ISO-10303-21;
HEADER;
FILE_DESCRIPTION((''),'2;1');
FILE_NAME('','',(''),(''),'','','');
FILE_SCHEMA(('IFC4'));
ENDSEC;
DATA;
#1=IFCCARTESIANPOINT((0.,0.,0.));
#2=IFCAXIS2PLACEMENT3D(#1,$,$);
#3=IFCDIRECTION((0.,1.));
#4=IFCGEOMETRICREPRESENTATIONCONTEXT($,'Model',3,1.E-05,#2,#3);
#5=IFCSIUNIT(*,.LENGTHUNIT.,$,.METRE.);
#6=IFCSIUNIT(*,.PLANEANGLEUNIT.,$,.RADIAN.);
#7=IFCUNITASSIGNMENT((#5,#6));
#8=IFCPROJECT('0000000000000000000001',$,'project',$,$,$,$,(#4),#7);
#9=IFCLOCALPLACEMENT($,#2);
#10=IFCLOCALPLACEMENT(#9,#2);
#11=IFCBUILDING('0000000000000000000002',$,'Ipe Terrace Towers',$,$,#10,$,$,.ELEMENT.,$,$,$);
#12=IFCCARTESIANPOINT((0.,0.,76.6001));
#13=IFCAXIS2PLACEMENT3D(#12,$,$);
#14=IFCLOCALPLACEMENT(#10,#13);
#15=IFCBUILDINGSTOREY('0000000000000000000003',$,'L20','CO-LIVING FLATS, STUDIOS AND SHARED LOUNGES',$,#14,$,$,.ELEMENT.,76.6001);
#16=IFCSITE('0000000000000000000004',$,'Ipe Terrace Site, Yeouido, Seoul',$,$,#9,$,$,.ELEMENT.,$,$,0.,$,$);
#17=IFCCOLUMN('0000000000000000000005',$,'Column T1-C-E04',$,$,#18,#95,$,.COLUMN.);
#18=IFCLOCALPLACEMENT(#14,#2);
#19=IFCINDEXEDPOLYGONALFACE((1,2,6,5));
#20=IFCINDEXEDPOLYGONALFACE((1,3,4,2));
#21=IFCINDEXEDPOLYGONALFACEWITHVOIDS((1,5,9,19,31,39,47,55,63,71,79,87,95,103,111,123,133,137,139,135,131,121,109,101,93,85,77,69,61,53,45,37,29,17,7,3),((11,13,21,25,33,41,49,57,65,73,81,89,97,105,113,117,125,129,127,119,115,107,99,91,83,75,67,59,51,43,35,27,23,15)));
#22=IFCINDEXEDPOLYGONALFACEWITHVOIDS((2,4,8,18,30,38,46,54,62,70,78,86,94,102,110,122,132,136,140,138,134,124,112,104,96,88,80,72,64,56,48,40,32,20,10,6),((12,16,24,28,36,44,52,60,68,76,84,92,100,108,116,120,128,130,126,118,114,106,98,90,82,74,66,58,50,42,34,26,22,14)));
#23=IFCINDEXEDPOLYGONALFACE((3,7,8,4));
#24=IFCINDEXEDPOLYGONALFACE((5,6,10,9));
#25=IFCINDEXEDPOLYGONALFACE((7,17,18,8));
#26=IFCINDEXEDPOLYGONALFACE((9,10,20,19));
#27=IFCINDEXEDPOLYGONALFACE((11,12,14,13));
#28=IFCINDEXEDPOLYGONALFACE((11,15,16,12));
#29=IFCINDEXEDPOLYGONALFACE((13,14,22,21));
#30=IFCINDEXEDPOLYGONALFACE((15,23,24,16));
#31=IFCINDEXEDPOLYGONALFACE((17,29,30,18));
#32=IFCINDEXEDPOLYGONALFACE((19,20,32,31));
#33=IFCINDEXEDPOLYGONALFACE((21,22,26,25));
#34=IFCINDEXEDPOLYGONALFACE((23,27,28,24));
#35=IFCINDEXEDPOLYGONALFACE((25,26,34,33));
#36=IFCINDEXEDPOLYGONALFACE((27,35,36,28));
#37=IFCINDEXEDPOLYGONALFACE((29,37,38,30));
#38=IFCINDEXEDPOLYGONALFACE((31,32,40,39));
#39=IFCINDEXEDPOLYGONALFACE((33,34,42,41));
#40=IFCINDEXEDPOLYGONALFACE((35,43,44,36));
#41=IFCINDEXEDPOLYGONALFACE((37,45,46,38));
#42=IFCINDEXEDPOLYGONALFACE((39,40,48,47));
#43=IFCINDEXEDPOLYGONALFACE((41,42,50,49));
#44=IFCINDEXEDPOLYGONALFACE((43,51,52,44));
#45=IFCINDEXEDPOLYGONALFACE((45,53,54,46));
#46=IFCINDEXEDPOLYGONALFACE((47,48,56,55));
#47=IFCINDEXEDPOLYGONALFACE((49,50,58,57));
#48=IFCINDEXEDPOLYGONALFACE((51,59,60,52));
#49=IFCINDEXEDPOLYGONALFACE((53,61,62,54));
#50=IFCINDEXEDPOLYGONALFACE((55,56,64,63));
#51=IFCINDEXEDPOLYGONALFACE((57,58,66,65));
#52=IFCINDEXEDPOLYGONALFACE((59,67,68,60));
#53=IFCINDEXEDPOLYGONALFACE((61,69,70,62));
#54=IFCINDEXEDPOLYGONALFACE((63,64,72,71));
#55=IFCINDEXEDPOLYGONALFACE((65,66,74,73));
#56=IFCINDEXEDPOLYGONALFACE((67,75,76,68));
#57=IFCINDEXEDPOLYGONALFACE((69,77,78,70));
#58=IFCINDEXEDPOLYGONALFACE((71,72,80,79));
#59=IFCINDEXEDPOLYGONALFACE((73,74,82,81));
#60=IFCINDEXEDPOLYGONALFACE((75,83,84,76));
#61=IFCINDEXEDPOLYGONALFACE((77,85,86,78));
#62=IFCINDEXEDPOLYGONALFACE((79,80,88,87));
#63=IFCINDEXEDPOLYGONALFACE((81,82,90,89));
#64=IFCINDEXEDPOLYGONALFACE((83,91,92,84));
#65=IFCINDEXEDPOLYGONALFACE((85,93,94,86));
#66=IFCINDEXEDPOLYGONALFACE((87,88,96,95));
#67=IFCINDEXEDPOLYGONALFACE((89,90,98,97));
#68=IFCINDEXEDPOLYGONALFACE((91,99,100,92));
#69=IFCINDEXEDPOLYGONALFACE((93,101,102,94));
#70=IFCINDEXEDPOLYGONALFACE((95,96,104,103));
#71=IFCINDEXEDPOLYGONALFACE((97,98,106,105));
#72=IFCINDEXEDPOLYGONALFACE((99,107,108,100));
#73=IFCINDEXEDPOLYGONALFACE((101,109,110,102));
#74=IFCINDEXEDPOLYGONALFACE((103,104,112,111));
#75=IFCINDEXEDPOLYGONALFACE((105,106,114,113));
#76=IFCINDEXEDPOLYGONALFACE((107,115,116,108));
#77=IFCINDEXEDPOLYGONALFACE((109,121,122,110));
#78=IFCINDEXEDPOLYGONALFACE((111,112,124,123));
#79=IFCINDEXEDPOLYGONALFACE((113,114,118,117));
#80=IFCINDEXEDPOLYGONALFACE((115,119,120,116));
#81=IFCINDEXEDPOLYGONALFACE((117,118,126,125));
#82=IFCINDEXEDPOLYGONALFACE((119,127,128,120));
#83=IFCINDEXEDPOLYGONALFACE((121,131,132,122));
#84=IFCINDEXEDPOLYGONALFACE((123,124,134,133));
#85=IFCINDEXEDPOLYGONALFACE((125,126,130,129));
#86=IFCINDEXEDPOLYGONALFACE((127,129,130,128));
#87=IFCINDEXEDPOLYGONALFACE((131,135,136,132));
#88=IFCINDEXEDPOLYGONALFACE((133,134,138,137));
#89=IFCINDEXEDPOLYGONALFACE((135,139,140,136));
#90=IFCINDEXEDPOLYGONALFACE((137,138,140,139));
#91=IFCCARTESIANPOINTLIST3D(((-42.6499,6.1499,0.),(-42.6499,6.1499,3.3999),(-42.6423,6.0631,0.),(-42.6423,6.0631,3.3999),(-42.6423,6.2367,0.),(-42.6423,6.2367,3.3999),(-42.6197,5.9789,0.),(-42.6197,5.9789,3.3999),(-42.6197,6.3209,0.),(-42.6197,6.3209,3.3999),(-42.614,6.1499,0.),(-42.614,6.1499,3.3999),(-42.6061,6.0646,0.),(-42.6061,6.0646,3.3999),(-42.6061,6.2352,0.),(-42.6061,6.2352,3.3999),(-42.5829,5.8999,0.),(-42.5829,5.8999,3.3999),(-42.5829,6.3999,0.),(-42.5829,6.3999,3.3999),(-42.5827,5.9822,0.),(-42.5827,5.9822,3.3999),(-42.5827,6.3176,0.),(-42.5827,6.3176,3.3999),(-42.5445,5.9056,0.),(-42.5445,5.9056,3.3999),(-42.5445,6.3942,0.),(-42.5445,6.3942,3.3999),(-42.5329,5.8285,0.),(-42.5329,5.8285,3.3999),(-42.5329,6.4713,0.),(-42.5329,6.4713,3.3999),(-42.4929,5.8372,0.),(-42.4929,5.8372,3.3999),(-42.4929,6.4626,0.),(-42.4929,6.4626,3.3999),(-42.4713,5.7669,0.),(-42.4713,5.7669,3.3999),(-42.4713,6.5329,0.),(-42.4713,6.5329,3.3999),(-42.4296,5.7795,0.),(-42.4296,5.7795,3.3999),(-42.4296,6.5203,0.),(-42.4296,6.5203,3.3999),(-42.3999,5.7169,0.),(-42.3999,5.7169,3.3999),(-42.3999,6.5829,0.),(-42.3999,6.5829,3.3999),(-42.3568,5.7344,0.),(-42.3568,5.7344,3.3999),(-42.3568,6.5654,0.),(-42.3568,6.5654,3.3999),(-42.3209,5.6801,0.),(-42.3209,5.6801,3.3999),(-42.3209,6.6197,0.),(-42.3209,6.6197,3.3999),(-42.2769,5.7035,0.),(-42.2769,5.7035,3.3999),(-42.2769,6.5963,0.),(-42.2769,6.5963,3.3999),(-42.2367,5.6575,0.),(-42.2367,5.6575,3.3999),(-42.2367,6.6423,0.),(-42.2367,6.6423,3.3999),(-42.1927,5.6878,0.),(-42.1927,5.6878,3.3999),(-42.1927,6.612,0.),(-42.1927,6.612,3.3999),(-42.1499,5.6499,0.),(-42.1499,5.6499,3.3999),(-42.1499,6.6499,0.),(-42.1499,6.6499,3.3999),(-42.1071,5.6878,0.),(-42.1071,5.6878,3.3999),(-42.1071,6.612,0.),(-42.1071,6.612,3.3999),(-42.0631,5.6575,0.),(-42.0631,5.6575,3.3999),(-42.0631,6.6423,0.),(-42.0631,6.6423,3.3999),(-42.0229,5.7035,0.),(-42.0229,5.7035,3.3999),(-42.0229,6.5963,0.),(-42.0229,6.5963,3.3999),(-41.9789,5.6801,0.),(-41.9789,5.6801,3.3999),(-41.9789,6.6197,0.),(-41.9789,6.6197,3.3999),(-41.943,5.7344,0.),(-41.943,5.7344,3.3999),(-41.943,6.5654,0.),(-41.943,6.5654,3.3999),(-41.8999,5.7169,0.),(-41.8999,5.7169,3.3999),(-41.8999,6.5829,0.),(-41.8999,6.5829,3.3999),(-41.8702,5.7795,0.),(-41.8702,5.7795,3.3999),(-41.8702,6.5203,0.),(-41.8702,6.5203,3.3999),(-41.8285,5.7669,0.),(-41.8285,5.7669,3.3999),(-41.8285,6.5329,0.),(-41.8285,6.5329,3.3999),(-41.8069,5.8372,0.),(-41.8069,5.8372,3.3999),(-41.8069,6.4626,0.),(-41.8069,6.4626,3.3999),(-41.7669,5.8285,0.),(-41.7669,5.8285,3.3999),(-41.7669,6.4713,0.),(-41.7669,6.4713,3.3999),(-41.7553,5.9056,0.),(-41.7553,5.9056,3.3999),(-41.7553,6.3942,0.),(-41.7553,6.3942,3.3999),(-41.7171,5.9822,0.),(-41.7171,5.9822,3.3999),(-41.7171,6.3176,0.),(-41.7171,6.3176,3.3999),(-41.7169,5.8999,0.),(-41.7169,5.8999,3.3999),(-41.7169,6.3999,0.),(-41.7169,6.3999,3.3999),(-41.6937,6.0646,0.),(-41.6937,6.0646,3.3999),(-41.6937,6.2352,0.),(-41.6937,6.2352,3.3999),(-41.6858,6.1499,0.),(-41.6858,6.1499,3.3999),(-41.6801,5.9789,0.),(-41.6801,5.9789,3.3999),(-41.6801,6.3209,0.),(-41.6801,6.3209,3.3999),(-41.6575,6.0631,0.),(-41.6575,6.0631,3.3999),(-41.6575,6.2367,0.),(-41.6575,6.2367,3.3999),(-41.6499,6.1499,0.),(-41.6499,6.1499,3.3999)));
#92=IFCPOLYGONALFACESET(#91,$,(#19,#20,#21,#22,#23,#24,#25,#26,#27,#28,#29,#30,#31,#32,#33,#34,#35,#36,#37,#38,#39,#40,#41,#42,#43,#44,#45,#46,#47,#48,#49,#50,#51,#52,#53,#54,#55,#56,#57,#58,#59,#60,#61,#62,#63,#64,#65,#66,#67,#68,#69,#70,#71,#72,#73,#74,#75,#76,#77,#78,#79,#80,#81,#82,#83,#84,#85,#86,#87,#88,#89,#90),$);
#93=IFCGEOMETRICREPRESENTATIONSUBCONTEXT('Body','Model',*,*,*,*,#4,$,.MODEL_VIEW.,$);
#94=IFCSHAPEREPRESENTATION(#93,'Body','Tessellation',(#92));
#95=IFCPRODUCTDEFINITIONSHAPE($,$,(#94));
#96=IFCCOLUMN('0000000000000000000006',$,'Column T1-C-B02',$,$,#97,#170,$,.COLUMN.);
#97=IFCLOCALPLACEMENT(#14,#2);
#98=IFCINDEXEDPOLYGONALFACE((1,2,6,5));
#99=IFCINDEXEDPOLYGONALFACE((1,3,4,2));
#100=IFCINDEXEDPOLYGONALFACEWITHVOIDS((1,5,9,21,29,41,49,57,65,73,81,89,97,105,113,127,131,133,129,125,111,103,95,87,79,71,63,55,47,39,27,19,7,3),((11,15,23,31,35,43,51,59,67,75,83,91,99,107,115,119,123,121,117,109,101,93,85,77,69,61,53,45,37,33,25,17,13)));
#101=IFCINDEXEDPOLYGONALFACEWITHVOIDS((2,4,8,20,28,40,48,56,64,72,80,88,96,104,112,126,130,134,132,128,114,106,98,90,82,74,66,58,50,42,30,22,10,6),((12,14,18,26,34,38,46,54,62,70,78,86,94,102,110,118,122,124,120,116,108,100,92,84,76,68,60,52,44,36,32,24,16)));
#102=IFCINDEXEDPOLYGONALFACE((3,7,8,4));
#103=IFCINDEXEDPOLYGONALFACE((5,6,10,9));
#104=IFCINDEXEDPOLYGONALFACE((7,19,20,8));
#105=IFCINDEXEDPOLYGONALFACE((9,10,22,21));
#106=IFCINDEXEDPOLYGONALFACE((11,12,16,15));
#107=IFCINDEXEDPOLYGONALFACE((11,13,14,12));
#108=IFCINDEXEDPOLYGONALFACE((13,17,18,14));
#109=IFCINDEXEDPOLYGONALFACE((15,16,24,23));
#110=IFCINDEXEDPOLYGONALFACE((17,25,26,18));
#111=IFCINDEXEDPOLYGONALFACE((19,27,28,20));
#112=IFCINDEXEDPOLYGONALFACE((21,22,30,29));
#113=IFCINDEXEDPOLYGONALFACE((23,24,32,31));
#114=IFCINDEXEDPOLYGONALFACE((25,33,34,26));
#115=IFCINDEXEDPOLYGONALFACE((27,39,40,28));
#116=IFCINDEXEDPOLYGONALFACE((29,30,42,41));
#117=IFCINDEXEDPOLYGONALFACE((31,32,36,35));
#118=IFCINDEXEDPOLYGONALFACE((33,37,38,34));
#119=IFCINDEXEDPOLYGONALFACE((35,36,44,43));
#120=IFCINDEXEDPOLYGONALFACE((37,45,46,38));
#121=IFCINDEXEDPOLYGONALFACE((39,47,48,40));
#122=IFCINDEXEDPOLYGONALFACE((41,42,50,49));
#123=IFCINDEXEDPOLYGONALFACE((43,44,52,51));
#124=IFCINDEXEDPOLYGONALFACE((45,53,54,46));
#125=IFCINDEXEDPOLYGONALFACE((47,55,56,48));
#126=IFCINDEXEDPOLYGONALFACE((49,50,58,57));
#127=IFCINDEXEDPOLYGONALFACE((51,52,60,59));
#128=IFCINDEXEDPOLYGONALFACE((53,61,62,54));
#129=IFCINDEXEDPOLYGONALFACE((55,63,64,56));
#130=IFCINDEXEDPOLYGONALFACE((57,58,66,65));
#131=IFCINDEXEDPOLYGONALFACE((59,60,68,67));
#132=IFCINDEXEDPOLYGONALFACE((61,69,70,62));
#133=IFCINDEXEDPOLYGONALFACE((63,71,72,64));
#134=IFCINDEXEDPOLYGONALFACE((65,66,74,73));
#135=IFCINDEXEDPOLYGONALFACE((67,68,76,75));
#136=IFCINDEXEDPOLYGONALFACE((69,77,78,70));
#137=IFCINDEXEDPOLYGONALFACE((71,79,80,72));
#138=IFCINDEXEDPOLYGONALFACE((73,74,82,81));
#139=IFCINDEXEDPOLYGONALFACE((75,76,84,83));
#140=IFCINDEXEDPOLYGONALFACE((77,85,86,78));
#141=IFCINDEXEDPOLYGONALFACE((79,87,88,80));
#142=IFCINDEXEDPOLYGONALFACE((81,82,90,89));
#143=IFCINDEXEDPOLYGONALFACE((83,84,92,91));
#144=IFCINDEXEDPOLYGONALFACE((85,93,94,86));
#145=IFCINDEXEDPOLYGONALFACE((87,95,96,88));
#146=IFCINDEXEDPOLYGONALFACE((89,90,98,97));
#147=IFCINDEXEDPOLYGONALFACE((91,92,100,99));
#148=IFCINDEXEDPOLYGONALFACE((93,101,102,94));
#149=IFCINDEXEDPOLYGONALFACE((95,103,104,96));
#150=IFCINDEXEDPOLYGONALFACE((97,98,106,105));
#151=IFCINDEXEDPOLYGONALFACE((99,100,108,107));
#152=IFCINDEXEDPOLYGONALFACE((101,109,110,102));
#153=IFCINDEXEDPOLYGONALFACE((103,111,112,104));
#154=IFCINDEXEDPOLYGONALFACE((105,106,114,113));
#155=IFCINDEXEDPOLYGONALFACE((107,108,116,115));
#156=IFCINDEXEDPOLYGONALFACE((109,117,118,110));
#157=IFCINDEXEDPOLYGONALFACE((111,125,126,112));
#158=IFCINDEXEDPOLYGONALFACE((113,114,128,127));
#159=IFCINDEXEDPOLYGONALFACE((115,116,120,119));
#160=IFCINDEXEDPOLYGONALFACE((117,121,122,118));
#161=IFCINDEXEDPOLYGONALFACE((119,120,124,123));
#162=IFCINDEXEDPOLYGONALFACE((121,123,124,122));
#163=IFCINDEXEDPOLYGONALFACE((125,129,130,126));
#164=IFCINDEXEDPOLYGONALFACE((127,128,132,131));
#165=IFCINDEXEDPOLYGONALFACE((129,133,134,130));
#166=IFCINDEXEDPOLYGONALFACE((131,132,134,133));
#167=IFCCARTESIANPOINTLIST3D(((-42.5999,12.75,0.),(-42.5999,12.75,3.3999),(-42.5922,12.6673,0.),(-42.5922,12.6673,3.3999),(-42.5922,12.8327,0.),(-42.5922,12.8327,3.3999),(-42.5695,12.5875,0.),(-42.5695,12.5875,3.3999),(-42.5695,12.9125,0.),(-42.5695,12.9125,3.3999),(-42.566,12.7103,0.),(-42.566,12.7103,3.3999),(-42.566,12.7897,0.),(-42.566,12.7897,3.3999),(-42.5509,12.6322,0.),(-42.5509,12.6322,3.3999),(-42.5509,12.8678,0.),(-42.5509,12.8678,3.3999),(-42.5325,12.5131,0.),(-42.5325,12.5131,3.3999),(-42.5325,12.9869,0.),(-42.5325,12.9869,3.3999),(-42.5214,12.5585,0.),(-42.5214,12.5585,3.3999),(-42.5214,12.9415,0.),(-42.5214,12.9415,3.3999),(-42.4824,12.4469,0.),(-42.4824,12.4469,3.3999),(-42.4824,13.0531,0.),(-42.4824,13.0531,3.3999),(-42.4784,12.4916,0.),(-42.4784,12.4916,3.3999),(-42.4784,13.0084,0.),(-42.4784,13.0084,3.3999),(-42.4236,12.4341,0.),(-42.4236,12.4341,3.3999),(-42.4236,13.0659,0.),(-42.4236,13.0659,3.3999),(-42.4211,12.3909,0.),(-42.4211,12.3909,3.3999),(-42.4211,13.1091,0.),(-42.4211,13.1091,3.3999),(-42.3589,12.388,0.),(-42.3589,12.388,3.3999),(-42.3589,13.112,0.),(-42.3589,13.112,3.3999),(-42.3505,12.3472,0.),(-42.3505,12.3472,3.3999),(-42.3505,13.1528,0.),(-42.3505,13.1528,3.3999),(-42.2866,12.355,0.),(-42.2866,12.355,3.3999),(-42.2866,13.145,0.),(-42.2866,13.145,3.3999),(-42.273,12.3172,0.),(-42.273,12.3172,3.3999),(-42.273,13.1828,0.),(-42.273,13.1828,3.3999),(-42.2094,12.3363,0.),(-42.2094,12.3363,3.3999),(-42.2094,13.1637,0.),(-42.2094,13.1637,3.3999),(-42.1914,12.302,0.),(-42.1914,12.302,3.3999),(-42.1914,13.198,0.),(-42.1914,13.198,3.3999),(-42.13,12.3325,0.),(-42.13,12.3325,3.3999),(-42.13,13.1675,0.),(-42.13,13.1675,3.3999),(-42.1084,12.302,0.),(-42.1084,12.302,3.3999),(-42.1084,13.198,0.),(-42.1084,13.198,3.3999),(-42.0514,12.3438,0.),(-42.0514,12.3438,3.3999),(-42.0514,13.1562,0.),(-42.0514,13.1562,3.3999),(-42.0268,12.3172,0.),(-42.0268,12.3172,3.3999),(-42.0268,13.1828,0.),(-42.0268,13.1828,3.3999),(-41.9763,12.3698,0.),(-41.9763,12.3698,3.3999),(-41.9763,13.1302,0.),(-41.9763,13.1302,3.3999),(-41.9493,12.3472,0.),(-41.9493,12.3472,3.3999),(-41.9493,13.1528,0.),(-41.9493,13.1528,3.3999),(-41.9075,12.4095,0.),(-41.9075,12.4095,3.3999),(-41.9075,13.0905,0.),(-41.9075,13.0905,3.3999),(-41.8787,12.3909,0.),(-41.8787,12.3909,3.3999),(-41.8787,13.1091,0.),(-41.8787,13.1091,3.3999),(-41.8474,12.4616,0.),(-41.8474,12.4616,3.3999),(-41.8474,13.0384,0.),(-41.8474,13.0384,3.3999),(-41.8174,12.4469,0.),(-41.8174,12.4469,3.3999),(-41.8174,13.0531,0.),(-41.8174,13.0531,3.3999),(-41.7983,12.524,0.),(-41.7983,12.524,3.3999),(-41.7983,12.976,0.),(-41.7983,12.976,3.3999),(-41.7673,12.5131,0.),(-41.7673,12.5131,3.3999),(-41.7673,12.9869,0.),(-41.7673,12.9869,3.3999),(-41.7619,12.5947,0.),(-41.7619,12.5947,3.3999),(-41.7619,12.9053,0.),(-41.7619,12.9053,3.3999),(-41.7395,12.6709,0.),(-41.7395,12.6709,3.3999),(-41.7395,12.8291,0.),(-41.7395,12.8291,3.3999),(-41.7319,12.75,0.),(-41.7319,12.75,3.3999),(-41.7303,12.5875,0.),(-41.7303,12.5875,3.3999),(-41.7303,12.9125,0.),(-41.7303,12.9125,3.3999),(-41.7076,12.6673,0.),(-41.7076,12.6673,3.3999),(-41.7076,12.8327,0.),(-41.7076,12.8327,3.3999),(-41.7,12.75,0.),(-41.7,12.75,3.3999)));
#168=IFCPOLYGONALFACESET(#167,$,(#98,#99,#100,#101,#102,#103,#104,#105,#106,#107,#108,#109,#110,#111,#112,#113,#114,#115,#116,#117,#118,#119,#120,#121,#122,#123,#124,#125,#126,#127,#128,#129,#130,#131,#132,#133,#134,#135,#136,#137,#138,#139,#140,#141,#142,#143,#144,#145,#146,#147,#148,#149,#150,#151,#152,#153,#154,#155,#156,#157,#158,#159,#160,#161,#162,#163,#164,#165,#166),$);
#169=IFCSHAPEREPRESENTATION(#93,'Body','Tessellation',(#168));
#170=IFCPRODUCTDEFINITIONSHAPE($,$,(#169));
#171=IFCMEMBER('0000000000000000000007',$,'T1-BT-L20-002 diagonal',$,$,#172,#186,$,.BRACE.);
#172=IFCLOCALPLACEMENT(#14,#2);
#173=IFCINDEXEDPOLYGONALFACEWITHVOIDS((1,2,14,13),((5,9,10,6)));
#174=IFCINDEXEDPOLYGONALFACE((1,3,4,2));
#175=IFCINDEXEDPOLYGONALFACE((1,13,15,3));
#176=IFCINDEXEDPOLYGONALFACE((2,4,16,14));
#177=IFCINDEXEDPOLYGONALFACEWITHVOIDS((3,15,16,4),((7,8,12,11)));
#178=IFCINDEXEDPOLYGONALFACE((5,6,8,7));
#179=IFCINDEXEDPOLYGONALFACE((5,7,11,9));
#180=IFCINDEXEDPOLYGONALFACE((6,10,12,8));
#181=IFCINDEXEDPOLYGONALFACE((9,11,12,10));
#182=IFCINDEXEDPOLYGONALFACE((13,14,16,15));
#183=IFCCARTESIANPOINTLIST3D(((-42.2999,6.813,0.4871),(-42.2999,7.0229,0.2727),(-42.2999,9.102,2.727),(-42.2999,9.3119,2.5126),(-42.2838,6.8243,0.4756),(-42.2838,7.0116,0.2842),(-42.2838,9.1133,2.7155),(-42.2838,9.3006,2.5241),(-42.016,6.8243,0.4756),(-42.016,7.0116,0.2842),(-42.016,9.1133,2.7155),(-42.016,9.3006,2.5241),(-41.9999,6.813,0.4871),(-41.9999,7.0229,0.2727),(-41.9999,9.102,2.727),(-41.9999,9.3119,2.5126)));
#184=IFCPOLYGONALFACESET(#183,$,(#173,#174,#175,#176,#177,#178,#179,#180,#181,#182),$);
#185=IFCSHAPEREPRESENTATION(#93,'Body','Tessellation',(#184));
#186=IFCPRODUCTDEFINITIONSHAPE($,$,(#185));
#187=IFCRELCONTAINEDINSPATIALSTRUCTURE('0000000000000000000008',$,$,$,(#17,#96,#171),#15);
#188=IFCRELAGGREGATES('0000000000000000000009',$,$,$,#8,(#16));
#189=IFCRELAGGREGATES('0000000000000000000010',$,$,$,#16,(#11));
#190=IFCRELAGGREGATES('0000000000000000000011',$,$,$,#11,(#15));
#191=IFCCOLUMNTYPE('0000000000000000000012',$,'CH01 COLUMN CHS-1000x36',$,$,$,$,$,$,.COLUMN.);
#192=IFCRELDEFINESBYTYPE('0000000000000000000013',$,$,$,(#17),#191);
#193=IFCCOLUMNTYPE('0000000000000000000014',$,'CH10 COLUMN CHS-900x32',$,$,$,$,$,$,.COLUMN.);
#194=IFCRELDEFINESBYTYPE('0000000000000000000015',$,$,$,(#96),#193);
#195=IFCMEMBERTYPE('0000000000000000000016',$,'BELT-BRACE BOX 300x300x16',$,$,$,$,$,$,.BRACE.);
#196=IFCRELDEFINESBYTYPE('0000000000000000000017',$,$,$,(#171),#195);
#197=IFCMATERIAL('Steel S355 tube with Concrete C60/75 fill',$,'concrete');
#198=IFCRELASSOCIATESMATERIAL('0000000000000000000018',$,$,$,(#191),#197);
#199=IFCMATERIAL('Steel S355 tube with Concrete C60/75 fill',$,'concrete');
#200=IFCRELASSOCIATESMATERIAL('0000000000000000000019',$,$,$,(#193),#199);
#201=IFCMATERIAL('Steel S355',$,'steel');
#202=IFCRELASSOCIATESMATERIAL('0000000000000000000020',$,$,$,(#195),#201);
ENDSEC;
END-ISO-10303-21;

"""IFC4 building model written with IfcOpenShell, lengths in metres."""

from ifc_helpers import new_model, si_unit, direction, frame, origin, origin_2d, place, context, subcontext, project, spatial, hollow_rectangle, hollow_circle, extrude, material, material_profile, profile_set, type_object, element, save


model = new_model("IFC4")

# Units and contexts
model_context = context("Model", 3, precision=1e-05, world=origin(), true_north=direction((0.0, 1.0)))
body_context = subcontext(model_context, "Body", "Model", "MODEL_VIEW")
ifc_project = project(units=[si_unit("LENGTHUNIT", "METRE"), si_unit("PLANEANGLEUNIT", "RADIAN")], contexts=[model_context])

# Site, building, storey
site_placement = place(None, origin())
site = spatial("IfcSite", under=ifc_project, at=site_placement, Name="Ipe Terrace Site, Yeouido, Seoul", CompositionType="ELEMENT", RefElevation=0.0)
building_placement = place(site_placement, origin())
building = spatial("IfcBuilding", under=site, at=building_placement, Name="Ipe Terrace Towers", CompositionType="ELEMENT")
storey_placement = place(building_placement, frame((0.0, 0.0, 76.6001)))
storey = spatial("IfcBuildingStorey", under=building, at=storey_placement, Name="L20", Description="CO-LIVING FLATS, STUDIOS AND SHARED LOUNGES", CompositionType="ELEMENT", Elevation=76.6001)

# Columns
ifc_material_1 = material(Name="Steel S355 tube with Concrete C60/75 fill", Category="concrete")
ifc_material_profile_1 = material_profile(ifc_material_1, hollow_circle(Radius=0.5, WallThickness=0.0359, at=origin_2d()), Name="CHS-1000x36")
ifc_profile_set_1 = profile_set([ifc_material_profile_1], Name="Steel S355 tube with Concrete C60/75 fill")
column_type_1 = type_object("IfcColumnType", Name="CH01 COLUMN CHS-1000x36", PredefinedType="COLUMN", material=ifc_profile_set_1)
column_1_placement = place(storey_placement, frame((-42.1499, 6.1499, 0.0), z_axis=(0.0, 0.0, 1.0), x_axis=(1.0, 0.0, 0.0)))
element("IfcColumn", 1, at=column_1_placement, inside=storey, type_object=column_type_1, Name="Column T1-C-E04", PredefinedType="COLUMN", context=body_context, shape_type="SweptSolid", body=[
    extrude(hollow_circle(Radius=0.5, WallThickness=0.0359, at=origin_2d()), origin(), (0.0, 0.0, 1.0), 3.3999),
])
ifc_material_2 = material(Name="Steel S355 tube with Concrete C60/75 fill", Category="concrete")
ifc_material_profile_2 = material_profile(ifc_material_2, hollow_circle(Radius=0.45, WallThickness=0.032, at=origin_2d()), Name="CHS-900x32")
ifc_profile_set_2 = profile_set([ifc_material_profile_2], Name="Steel S355 tube with Concrete C60/75 fill")
column_type_2 = type_object("IfcColumnType", Name="CH10 COLUMN CHS-900x32", PredefinedType="COLUMN", material=ifc_profile_set_2)
column_2_placement = place(storey_placement, frame((-42.1499, 12.75, 0.0), z_axis=(0.0, 0.0, 1.0), x_axis=(1.0, 0.0, 0.0)))
element("IfcColumn", 2, at=column_2_placement, inside=storey, type_object=column_type_2, Name="Column T1-C-B02", PredefinedType="COLUMN", context=body_context, shape_type="SweptSolid", body=[
    extrude(hollow_circle(Radius=0.45, WallThickness=0.032, at=origin_2d()), origin(), (0.0, 0.0, 1.0), 3.3999),
])

# Member
ifc_material_3 = material(Name="Steel S355", Category="steel")
ifc_material_profile_3 = material_profile(ifc_material_3, hollow_rectangle(XDim=0.3, YDim=0.3, WallThickness=0.0161, at=origin_2d()), Name="BELT-BRACE BOX 300x300x16")
ifc_profile_set_3 = profile_set([ifc_material_profile_3], Name="Steel S355")
member_type_1 = type_object("IfcMemberType", Name="BELT-BRACE BOX 300x300x16", PredefinedType="BRACE", material=ifc_profile_set_3)
for number, where, z_axis, x_axis, name in (
    (3, (-42.1499, 6.918, 0.3799), (0.0, 0.714726, 0.699404), (-1.0, 0.0, 0.0), "T1-BT-L20-002 diagonal"),
):
    element("IfcMember", number, at=place(storey_placement, frame(where, z_axis=z_axis, x_axis=x_axis)), inside=storey, type_object=member_type_1, Name=name, PredefinedType="BRACE", context=body_context, shape_type="SweptSolid", body=[
        extrude(hollow_rectangle(XDim=0.3, YDim=0.3, WallThickness=0.0161, at=origin_2d()), origin(), (0.0, 0.0, 1.0), 3.2026),
    ])

save(model, "model.ifc")
